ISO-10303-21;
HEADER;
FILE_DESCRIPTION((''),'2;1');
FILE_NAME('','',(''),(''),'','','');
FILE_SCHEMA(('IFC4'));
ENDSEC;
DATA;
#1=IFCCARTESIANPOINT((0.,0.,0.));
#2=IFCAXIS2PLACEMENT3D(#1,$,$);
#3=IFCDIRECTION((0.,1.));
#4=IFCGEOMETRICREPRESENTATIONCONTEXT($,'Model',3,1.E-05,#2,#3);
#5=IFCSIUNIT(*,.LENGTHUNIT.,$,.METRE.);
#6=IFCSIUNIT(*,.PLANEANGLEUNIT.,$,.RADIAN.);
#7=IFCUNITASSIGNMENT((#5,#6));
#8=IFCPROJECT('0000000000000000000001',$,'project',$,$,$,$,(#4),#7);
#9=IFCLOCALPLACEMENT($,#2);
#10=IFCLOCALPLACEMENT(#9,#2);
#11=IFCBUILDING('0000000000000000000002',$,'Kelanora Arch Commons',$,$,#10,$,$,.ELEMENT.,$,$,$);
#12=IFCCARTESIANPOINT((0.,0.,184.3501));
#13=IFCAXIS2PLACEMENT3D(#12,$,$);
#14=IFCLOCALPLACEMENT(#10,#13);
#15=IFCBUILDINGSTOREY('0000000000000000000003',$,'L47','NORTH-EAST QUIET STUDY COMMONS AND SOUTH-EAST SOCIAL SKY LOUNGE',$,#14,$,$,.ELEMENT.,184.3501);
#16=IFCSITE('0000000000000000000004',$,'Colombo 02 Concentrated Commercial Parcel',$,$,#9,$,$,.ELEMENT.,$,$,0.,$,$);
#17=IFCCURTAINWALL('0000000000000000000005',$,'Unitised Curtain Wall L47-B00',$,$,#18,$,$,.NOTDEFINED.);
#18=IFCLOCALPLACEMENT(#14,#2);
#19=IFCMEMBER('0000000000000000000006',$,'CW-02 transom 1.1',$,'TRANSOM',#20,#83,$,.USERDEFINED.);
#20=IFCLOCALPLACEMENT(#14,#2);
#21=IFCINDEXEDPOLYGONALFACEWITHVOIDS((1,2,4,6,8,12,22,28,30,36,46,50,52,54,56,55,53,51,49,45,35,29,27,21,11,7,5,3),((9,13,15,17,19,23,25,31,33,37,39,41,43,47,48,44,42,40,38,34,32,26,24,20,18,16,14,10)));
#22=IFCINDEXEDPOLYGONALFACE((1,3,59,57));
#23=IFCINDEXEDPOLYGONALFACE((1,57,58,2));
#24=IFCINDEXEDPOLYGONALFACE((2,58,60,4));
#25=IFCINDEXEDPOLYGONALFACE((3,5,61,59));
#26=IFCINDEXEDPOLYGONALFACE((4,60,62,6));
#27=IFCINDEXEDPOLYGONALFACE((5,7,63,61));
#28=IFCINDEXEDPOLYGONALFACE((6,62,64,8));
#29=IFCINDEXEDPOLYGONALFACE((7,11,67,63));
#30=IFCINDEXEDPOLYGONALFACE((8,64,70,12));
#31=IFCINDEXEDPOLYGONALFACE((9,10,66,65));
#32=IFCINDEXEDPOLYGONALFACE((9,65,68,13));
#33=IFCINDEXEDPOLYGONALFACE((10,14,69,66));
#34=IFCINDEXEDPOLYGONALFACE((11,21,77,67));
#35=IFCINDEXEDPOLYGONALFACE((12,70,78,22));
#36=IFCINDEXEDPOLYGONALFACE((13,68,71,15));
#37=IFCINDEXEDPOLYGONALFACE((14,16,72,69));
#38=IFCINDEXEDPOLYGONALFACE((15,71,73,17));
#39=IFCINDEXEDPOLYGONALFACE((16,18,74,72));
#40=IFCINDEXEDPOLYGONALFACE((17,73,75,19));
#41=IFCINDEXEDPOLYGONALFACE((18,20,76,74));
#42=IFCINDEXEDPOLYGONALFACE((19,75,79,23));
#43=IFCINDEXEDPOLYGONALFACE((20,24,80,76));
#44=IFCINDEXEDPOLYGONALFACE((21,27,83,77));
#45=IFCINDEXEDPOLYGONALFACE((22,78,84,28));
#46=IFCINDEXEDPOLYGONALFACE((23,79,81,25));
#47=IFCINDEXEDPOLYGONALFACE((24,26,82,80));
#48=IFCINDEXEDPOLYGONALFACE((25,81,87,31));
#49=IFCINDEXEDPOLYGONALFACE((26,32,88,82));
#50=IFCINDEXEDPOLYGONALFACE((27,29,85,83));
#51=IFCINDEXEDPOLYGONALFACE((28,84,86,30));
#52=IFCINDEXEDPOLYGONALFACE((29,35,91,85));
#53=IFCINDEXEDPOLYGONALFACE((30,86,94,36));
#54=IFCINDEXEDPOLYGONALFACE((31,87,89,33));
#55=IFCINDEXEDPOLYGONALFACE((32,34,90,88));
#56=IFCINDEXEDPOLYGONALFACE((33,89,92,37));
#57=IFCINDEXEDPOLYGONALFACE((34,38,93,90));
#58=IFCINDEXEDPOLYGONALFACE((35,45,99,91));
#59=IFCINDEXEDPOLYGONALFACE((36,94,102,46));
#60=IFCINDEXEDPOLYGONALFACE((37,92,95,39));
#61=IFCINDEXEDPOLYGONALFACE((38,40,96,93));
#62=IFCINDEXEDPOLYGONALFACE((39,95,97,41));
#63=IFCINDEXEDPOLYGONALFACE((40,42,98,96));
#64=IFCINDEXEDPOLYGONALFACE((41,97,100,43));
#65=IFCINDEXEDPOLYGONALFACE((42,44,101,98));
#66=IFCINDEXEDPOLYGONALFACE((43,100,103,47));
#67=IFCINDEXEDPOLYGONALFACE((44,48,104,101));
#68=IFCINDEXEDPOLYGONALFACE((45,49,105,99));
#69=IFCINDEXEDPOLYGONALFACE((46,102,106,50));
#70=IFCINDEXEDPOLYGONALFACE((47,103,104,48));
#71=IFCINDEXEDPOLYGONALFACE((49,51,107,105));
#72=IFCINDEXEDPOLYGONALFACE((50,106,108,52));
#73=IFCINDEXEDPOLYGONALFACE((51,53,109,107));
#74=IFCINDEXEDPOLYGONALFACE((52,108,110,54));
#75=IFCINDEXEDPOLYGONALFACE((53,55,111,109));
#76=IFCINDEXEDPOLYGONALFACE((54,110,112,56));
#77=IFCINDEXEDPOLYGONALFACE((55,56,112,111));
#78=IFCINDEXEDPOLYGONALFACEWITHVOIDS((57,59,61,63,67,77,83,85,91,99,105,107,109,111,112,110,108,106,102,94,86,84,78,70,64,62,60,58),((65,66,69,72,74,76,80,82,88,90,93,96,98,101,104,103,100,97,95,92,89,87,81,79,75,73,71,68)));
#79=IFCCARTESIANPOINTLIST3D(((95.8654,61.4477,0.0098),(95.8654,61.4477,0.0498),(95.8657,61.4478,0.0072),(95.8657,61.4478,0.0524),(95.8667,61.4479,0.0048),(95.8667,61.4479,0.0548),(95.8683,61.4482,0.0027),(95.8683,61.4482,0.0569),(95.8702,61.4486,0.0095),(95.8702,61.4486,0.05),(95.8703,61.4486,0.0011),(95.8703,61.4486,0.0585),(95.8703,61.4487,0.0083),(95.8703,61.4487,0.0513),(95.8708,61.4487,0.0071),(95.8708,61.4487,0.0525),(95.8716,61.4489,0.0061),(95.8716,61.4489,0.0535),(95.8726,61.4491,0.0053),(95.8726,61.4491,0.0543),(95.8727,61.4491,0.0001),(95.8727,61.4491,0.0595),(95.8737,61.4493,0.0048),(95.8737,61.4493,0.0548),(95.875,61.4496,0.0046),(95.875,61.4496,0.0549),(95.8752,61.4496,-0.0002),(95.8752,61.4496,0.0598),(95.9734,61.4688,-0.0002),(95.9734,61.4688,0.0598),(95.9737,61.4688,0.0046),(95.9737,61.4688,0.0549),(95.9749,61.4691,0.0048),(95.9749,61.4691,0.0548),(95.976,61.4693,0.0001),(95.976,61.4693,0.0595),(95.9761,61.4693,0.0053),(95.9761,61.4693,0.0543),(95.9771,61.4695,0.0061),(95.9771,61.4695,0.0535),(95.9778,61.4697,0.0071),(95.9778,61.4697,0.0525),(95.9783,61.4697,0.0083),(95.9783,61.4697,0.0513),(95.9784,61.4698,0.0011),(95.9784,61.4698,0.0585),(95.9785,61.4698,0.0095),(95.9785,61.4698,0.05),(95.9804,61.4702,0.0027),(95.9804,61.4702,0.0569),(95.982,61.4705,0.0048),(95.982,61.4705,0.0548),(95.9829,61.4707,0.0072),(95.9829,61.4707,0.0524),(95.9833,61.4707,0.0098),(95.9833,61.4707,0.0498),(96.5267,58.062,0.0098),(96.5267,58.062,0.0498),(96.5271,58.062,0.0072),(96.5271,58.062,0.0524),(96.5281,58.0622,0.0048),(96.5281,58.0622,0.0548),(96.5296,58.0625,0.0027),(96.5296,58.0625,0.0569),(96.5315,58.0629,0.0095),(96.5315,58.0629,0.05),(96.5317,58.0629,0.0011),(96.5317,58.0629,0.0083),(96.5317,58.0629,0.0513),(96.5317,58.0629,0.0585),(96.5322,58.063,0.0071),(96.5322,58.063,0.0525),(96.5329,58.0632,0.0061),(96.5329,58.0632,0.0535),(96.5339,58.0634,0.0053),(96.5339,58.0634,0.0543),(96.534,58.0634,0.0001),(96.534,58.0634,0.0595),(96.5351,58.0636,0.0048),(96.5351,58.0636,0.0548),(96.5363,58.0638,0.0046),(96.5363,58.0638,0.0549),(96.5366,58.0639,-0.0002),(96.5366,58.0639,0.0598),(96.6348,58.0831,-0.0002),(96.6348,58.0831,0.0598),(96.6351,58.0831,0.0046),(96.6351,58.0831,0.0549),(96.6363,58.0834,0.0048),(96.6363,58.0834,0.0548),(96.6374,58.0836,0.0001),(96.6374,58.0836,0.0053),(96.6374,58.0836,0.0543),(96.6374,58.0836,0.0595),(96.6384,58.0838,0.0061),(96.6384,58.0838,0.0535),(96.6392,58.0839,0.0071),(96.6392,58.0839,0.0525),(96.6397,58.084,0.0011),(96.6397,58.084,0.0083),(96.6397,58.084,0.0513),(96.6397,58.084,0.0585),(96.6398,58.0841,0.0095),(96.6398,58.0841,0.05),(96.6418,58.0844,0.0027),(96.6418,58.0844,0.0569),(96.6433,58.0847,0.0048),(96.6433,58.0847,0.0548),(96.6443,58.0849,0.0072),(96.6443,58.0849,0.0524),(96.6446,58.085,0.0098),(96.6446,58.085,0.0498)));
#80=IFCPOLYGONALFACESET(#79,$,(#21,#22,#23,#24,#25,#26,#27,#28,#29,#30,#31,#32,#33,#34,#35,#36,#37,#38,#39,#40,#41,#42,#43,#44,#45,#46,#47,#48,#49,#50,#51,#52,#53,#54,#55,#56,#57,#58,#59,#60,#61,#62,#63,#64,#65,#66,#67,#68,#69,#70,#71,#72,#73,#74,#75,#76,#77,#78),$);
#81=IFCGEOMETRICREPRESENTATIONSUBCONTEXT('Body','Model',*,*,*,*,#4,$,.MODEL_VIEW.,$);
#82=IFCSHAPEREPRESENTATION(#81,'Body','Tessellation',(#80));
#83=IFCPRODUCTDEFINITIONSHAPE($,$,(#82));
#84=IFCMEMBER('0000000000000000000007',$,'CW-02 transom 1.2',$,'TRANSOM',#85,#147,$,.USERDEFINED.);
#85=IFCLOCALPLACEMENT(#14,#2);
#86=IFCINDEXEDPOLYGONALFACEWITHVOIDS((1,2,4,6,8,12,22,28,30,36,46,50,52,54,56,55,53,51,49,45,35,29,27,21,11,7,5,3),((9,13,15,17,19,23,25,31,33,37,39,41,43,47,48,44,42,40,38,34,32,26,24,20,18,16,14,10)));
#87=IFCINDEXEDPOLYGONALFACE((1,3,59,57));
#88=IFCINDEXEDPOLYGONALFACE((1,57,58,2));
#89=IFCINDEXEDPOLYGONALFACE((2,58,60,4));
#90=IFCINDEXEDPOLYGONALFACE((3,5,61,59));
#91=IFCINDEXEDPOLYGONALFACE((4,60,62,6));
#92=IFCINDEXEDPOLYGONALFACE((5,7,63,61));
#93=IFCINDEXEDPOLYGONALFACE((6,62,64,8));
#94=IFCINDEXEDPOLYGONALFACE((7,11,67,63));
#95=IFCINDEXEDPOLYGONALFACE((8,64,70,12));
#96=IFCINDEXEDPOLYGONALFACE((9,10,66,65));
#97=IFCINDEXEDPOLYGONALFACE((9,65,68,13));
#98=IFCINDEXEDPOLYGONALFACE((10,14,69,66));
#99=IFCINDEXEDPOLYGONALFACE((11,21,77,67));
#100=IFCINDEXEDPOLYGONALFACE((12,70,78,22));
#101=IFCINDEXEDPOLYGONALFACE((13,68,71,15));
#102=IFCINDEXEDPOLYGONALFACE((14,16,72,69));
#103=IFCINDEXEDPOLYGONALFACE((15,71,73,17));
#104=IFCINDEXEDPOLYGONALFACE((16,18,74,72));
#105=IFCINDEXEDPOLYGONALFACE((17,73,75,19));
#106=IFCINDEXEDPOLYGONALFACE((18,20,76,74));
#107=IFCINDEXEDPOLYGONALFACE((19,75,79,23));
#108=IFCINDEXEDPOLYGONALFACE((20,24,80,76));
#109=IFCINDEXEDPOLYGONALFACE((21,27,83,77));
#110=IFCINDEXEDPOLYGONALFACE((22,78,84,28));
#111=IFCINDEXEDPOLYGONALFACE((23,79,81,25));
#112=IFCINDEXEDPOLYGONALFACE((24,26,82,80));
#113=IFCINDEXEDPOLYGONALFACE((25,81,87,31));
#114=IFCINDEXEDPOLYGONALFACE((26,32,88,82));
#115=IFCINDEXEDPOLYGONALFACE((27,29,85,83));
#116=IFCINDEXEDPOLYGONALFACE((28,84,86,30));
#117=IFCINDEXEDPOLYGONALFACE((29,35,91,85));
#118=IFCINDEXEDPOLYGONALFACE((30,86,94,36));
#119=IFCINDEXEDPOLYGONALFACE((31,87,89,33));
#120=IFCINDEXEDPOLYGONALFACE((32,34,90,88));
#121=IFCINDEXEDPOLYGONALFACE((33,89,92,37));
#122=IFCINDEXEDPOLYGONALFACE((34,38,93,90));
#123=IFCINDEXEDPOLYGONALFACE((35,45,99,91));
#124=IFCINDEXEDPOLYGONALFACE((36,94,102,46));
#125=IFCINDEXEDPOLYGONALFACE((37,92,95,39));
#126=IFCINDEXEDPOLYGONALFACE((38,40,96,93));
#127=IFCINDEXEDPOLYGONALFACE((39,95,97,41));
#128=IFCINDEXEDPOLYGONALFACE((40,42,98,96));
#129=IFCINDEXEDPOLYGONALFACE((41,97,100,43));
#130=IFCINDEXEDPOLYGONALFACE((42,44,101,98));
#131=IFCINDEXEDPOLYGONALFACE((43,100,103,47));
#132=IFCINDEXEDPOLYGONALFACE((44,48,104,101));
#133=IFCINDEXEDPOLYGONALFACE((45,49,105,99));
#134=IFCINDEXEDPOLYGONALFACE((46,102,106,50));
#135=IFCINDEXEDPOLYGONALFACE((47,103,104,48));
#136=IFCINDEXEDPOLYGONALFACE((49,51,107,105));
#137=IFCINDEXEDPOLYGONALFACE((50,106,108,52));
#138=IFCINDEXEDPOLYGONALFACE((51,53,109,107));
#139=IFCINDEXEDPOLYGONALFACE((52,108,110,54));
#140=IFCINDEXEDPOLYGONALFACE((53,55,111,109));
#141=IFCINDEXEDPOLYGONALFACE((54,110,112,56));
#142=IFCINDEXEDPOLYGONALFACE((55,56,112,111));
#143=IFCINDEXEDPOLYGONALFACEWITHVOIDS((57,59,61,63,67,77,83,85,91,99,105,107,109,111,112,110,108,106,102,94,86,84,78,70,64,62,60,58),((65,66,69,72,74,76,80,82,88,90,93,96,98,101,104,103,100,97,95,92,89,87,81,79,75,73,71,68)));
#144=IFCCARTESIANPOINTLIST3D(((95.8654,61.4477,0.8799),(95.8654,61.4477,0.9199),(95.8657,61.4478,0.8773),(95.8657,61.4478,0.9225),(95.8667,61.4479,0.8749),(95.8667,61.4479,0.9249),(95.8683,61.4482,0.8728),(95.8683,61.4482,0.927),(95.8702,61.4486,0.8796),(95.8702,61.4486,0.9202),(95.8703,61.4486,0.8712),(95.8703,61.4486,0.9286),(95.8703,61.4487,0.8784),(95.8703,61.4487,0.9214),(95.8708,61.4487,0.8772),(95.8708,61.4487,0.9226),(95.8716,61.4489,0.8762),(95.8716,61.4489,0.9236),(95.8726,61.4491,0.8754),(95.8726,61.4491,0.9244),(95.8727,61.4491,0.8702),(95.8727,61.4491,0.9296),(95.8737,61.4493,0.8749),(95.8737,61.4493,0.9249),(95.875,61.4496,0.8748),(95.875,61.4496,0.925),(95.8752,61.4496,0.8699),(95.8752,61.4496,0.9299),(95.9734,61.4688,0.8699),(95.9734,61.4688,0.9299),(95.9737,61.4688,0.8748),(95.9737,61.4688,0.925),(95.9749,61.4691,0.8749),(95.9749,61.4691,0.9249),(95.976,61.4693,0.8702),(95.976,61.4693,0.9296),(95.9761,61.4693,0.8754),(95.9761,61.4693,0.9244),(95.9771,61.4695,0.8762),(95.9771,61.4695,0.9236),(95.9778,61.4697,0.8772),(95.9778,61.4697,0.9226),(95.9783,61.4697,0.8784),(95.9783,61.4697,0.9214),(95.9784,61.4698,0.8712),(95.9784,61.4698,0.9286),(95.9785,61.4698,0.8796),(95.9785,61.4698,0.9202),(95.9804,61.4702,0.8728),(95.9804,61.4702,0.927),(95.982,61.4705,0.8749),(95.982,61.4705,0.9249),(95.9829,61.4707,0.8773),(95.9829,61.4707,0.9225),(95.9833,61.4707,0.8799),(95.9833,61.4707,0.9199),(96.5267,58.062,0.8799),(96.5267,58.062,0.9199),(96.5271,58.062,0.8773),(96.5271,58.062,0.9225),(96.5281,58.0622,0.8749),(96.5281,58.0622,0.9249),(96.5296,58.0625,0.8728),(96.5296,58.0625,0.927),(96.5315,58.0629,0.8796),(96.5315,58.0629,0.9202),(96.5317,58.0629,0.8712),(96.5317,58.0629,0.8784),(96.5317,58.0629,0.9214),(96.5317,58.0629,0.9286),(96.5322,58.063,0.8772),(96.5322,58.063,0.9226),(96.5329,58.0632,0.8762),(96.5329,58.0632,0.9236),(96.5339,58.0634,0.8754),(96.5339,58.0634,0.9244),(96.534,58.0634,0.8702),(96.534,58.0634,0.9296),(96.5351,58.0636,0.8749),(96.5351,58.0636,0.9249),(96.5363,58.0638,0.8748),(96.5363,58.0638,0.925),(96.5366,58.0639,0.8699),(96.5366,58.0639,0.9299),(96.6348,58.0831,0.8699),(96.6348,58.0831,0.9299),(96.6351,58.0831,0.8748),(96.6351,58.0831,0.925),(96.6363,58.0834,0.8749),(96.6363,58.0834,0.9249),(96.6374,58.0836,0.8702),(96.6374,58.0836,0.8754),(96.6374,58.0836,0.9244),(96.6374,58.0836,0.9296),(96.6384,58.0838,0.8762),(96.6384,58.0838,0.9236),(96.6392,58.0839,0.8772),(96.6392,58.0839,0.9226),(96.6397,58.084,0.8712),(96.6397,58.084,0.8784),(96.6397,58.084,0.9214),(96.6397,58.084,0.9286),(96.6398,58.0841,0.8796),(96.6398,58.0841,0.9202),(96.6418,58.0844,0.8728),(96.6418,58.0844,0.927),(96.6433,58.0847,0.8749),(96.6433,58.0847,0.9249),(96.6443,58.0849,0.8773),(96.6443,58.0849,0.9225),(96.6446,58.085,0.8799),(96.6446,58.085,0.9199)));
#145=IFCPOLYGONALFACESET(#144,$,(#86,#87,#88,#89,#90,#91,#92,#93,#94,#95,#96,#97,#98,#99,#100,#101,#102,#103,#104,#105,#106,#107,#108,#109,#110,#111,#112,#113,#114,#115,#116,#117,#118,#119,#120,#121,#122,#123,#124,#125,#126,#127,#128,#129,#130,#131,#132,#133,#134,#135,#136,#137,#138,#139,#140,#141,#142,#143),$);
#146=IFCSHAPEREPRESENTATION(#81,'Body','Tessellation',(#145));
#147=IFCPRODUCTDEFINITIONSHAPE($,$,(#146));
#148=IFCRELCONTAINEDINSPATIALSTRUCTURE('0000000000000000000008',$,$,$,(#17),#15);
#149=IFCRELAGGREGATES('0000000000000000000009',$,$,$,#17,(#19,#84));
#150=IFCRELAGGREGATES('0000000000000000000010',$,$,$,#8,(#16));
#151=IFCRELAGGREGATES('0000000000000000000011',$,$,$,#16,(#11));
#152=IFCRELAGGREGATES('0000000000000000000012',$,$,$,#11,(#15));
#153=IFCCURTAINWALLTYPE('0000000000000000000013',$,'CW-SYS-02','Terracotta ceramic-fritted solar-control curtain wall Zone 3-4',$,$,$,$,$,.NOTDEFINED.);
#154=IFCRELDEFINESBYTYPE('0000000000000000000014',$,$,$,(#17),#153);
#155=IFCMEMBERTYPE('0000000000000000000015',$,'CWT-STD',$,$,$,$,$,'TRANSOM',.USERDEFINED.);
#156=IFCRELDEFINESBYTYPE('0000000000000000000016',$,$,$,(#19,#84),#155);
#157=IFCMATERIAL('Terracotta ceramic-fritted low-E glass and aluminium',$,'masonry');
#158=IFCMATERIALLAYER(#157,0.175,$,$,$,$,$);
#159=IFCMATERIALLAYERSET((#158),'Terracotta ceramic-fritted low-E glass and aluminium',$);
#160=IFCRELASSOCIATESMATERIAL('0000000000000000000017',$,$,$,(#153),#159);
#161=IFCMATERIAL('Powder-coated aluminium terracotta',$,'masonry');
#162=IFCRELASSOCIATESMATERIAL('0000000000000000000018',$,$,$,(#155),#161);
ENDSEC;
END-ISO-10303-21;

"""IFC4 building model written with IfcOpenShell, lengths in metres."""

from ifc_helpers import new_model, si_unit, direction, frame, origin, origin_2d, place, context, subcontext, project, spatial, hollow_rectangle, extrude, material, layer, layer_set, material_profile, profile_set, type_object, element, aggregate, save


model = new_model("IFC4")

# Units and contexts
model_context = context("Model", 3, precision=1e-05, world=origin(), true_north=direction((0.0, 1.0)))
body_context = subcontext(model_context, "Body", "Model", "MODEL_VIEW")
ifc_project = project(units=[si_unit("LENGTHUNIT", "METRE"), si_unit("PLANEANGLEUNIT", "RADIAN")], contexts=[model_context])

# Site, building, storey
site_placement = place(None, origin())
site = spatial("IfcSite", under=ifc_project, at=site_placement, Name="Colombo 02 Concentrated Commercial Parcel", CompositionType="ELEMENT", RefElevation=0.0)
building_placement = place(site_placement, origin())
building = spatial("IfcBuilding", under=site, at=building_placement, Name="Kelanora Arch Commons", CompositionType="ELEMENT")
storey_placement = place(building_placement, frame((0.0, 0.0, 184.3501)))
storey = spatial("IfcBuildingStorey", under=building, at=storey_placement, Name="L47", Description="NORTH-EAST QUIET STUDY COMMONS AND SOUTH-EAST SOCIAL SKY LOUNGE", CompositionType="ELEMENT", Elevation=184.3501)

# Curtain wall, members
ifc_material_1 = material(Name="Terracotta ceramic-fritted low-E glass and aluminium", Category="masonry")
ifc_layer_1 = layer(ifc_material_1, 0.175)
ifc_layer_set_1 = layer_set([ifc_layer_1], Name="Terracotta ceramic-fritted low-E glass and aluminium")
curtain_wall_type = type_object("IfcCurtainWallType", Name="CW-SYS-02", Description="Terracotta ceramic-fritted solar-control curtain wall Zone 3-4", PredefinedType="NOTDEFINED", material=ifc_layer_set_1)
curtain_wall_placement = place(storey_placement, origin())
curtain_wall = element("IfcCurtainWall", 1, at=curtain_wall_placement, inside=storey, type_object=curtain_wall_type, Name="Unitised Curtain Wall L47-B00", PredefinedType="NOTDEFINED")
ifc_material_2 = material(Name="Powder-coated aluminium terracotta", Category="masonry")
ifc_material_profile_1 = material_profile(ifc_material_2, hollow_rectangle(XDim=0.1201, YDim=0.0601, WallThickness=0.0049, InnerFilletRadius=0.0049, OuterFilletRadius=0.01, at=origin_2d()), Name="CWT120x60")
ifc_profile_set_1 = profile_set([ifc_material_profile_1], Name="Powder-coated aluminium terracotta")
member_type_1 = type_object("IfcMemberType", Name="CWT-STD", ElementType="TRANSOM", PredefinedType="USERDEFINED", material=ifc_profile_set_1)
member_1_placement = place(storey_placement, frame((96.5857, 58.0735, 0.0298), z_axis=(-0.191718, 0.98145, 0.0), x_axis=(-0.98145, -0.191718, 0.0)))
member_1 = element("IfcMember", 2, at=member_1_placement, type_object=member_type_1, Name="CW-02 transom 1.1", ObjectType="TRANSOM", PredefinedType="USERDEFINED", context=body_context, shape_type="SweptSolid", body=[
    extrude(hollow_rectangle(XDim=0.1201, YDim=0.0601, WallThickness=0.0049, InnerFilletRadius=0.0049, OuterFilletRadius=0.01, at=origin_2d()), origin(), (0.0, 0.0, 1.0), 3.4497),
])
member_2_placement = place(storey_placement, frame((96.5857, 58.0735, 0.8999), z_axis=(-0.191718, 0.98145, 0.0), x_axis=(-0.98145, -0.191718, 0.0)))
member_2 = element("IfcMember", 3, at=member_2_placement, type_object=member_type_1, Name="CW-02 transom 1.2", ObjectType="TRANSOM", PredefinedType="USERDEFINED", context=body_context, shape_type="SweptSolid", body=[
    extrude(hollow_rectangle(XDim=0.1201, YDim=0.0601, WallThickness=0.0049, InnerFilletRadius=0.0049, OuterFilletRadius=0.01, at=origin_2d()), origin(), (0.0, 0.0, 1.0), 3.4497),
])
aggregate(curtain_wall, [member_1, member_2])

save(model, "model.ifc")
